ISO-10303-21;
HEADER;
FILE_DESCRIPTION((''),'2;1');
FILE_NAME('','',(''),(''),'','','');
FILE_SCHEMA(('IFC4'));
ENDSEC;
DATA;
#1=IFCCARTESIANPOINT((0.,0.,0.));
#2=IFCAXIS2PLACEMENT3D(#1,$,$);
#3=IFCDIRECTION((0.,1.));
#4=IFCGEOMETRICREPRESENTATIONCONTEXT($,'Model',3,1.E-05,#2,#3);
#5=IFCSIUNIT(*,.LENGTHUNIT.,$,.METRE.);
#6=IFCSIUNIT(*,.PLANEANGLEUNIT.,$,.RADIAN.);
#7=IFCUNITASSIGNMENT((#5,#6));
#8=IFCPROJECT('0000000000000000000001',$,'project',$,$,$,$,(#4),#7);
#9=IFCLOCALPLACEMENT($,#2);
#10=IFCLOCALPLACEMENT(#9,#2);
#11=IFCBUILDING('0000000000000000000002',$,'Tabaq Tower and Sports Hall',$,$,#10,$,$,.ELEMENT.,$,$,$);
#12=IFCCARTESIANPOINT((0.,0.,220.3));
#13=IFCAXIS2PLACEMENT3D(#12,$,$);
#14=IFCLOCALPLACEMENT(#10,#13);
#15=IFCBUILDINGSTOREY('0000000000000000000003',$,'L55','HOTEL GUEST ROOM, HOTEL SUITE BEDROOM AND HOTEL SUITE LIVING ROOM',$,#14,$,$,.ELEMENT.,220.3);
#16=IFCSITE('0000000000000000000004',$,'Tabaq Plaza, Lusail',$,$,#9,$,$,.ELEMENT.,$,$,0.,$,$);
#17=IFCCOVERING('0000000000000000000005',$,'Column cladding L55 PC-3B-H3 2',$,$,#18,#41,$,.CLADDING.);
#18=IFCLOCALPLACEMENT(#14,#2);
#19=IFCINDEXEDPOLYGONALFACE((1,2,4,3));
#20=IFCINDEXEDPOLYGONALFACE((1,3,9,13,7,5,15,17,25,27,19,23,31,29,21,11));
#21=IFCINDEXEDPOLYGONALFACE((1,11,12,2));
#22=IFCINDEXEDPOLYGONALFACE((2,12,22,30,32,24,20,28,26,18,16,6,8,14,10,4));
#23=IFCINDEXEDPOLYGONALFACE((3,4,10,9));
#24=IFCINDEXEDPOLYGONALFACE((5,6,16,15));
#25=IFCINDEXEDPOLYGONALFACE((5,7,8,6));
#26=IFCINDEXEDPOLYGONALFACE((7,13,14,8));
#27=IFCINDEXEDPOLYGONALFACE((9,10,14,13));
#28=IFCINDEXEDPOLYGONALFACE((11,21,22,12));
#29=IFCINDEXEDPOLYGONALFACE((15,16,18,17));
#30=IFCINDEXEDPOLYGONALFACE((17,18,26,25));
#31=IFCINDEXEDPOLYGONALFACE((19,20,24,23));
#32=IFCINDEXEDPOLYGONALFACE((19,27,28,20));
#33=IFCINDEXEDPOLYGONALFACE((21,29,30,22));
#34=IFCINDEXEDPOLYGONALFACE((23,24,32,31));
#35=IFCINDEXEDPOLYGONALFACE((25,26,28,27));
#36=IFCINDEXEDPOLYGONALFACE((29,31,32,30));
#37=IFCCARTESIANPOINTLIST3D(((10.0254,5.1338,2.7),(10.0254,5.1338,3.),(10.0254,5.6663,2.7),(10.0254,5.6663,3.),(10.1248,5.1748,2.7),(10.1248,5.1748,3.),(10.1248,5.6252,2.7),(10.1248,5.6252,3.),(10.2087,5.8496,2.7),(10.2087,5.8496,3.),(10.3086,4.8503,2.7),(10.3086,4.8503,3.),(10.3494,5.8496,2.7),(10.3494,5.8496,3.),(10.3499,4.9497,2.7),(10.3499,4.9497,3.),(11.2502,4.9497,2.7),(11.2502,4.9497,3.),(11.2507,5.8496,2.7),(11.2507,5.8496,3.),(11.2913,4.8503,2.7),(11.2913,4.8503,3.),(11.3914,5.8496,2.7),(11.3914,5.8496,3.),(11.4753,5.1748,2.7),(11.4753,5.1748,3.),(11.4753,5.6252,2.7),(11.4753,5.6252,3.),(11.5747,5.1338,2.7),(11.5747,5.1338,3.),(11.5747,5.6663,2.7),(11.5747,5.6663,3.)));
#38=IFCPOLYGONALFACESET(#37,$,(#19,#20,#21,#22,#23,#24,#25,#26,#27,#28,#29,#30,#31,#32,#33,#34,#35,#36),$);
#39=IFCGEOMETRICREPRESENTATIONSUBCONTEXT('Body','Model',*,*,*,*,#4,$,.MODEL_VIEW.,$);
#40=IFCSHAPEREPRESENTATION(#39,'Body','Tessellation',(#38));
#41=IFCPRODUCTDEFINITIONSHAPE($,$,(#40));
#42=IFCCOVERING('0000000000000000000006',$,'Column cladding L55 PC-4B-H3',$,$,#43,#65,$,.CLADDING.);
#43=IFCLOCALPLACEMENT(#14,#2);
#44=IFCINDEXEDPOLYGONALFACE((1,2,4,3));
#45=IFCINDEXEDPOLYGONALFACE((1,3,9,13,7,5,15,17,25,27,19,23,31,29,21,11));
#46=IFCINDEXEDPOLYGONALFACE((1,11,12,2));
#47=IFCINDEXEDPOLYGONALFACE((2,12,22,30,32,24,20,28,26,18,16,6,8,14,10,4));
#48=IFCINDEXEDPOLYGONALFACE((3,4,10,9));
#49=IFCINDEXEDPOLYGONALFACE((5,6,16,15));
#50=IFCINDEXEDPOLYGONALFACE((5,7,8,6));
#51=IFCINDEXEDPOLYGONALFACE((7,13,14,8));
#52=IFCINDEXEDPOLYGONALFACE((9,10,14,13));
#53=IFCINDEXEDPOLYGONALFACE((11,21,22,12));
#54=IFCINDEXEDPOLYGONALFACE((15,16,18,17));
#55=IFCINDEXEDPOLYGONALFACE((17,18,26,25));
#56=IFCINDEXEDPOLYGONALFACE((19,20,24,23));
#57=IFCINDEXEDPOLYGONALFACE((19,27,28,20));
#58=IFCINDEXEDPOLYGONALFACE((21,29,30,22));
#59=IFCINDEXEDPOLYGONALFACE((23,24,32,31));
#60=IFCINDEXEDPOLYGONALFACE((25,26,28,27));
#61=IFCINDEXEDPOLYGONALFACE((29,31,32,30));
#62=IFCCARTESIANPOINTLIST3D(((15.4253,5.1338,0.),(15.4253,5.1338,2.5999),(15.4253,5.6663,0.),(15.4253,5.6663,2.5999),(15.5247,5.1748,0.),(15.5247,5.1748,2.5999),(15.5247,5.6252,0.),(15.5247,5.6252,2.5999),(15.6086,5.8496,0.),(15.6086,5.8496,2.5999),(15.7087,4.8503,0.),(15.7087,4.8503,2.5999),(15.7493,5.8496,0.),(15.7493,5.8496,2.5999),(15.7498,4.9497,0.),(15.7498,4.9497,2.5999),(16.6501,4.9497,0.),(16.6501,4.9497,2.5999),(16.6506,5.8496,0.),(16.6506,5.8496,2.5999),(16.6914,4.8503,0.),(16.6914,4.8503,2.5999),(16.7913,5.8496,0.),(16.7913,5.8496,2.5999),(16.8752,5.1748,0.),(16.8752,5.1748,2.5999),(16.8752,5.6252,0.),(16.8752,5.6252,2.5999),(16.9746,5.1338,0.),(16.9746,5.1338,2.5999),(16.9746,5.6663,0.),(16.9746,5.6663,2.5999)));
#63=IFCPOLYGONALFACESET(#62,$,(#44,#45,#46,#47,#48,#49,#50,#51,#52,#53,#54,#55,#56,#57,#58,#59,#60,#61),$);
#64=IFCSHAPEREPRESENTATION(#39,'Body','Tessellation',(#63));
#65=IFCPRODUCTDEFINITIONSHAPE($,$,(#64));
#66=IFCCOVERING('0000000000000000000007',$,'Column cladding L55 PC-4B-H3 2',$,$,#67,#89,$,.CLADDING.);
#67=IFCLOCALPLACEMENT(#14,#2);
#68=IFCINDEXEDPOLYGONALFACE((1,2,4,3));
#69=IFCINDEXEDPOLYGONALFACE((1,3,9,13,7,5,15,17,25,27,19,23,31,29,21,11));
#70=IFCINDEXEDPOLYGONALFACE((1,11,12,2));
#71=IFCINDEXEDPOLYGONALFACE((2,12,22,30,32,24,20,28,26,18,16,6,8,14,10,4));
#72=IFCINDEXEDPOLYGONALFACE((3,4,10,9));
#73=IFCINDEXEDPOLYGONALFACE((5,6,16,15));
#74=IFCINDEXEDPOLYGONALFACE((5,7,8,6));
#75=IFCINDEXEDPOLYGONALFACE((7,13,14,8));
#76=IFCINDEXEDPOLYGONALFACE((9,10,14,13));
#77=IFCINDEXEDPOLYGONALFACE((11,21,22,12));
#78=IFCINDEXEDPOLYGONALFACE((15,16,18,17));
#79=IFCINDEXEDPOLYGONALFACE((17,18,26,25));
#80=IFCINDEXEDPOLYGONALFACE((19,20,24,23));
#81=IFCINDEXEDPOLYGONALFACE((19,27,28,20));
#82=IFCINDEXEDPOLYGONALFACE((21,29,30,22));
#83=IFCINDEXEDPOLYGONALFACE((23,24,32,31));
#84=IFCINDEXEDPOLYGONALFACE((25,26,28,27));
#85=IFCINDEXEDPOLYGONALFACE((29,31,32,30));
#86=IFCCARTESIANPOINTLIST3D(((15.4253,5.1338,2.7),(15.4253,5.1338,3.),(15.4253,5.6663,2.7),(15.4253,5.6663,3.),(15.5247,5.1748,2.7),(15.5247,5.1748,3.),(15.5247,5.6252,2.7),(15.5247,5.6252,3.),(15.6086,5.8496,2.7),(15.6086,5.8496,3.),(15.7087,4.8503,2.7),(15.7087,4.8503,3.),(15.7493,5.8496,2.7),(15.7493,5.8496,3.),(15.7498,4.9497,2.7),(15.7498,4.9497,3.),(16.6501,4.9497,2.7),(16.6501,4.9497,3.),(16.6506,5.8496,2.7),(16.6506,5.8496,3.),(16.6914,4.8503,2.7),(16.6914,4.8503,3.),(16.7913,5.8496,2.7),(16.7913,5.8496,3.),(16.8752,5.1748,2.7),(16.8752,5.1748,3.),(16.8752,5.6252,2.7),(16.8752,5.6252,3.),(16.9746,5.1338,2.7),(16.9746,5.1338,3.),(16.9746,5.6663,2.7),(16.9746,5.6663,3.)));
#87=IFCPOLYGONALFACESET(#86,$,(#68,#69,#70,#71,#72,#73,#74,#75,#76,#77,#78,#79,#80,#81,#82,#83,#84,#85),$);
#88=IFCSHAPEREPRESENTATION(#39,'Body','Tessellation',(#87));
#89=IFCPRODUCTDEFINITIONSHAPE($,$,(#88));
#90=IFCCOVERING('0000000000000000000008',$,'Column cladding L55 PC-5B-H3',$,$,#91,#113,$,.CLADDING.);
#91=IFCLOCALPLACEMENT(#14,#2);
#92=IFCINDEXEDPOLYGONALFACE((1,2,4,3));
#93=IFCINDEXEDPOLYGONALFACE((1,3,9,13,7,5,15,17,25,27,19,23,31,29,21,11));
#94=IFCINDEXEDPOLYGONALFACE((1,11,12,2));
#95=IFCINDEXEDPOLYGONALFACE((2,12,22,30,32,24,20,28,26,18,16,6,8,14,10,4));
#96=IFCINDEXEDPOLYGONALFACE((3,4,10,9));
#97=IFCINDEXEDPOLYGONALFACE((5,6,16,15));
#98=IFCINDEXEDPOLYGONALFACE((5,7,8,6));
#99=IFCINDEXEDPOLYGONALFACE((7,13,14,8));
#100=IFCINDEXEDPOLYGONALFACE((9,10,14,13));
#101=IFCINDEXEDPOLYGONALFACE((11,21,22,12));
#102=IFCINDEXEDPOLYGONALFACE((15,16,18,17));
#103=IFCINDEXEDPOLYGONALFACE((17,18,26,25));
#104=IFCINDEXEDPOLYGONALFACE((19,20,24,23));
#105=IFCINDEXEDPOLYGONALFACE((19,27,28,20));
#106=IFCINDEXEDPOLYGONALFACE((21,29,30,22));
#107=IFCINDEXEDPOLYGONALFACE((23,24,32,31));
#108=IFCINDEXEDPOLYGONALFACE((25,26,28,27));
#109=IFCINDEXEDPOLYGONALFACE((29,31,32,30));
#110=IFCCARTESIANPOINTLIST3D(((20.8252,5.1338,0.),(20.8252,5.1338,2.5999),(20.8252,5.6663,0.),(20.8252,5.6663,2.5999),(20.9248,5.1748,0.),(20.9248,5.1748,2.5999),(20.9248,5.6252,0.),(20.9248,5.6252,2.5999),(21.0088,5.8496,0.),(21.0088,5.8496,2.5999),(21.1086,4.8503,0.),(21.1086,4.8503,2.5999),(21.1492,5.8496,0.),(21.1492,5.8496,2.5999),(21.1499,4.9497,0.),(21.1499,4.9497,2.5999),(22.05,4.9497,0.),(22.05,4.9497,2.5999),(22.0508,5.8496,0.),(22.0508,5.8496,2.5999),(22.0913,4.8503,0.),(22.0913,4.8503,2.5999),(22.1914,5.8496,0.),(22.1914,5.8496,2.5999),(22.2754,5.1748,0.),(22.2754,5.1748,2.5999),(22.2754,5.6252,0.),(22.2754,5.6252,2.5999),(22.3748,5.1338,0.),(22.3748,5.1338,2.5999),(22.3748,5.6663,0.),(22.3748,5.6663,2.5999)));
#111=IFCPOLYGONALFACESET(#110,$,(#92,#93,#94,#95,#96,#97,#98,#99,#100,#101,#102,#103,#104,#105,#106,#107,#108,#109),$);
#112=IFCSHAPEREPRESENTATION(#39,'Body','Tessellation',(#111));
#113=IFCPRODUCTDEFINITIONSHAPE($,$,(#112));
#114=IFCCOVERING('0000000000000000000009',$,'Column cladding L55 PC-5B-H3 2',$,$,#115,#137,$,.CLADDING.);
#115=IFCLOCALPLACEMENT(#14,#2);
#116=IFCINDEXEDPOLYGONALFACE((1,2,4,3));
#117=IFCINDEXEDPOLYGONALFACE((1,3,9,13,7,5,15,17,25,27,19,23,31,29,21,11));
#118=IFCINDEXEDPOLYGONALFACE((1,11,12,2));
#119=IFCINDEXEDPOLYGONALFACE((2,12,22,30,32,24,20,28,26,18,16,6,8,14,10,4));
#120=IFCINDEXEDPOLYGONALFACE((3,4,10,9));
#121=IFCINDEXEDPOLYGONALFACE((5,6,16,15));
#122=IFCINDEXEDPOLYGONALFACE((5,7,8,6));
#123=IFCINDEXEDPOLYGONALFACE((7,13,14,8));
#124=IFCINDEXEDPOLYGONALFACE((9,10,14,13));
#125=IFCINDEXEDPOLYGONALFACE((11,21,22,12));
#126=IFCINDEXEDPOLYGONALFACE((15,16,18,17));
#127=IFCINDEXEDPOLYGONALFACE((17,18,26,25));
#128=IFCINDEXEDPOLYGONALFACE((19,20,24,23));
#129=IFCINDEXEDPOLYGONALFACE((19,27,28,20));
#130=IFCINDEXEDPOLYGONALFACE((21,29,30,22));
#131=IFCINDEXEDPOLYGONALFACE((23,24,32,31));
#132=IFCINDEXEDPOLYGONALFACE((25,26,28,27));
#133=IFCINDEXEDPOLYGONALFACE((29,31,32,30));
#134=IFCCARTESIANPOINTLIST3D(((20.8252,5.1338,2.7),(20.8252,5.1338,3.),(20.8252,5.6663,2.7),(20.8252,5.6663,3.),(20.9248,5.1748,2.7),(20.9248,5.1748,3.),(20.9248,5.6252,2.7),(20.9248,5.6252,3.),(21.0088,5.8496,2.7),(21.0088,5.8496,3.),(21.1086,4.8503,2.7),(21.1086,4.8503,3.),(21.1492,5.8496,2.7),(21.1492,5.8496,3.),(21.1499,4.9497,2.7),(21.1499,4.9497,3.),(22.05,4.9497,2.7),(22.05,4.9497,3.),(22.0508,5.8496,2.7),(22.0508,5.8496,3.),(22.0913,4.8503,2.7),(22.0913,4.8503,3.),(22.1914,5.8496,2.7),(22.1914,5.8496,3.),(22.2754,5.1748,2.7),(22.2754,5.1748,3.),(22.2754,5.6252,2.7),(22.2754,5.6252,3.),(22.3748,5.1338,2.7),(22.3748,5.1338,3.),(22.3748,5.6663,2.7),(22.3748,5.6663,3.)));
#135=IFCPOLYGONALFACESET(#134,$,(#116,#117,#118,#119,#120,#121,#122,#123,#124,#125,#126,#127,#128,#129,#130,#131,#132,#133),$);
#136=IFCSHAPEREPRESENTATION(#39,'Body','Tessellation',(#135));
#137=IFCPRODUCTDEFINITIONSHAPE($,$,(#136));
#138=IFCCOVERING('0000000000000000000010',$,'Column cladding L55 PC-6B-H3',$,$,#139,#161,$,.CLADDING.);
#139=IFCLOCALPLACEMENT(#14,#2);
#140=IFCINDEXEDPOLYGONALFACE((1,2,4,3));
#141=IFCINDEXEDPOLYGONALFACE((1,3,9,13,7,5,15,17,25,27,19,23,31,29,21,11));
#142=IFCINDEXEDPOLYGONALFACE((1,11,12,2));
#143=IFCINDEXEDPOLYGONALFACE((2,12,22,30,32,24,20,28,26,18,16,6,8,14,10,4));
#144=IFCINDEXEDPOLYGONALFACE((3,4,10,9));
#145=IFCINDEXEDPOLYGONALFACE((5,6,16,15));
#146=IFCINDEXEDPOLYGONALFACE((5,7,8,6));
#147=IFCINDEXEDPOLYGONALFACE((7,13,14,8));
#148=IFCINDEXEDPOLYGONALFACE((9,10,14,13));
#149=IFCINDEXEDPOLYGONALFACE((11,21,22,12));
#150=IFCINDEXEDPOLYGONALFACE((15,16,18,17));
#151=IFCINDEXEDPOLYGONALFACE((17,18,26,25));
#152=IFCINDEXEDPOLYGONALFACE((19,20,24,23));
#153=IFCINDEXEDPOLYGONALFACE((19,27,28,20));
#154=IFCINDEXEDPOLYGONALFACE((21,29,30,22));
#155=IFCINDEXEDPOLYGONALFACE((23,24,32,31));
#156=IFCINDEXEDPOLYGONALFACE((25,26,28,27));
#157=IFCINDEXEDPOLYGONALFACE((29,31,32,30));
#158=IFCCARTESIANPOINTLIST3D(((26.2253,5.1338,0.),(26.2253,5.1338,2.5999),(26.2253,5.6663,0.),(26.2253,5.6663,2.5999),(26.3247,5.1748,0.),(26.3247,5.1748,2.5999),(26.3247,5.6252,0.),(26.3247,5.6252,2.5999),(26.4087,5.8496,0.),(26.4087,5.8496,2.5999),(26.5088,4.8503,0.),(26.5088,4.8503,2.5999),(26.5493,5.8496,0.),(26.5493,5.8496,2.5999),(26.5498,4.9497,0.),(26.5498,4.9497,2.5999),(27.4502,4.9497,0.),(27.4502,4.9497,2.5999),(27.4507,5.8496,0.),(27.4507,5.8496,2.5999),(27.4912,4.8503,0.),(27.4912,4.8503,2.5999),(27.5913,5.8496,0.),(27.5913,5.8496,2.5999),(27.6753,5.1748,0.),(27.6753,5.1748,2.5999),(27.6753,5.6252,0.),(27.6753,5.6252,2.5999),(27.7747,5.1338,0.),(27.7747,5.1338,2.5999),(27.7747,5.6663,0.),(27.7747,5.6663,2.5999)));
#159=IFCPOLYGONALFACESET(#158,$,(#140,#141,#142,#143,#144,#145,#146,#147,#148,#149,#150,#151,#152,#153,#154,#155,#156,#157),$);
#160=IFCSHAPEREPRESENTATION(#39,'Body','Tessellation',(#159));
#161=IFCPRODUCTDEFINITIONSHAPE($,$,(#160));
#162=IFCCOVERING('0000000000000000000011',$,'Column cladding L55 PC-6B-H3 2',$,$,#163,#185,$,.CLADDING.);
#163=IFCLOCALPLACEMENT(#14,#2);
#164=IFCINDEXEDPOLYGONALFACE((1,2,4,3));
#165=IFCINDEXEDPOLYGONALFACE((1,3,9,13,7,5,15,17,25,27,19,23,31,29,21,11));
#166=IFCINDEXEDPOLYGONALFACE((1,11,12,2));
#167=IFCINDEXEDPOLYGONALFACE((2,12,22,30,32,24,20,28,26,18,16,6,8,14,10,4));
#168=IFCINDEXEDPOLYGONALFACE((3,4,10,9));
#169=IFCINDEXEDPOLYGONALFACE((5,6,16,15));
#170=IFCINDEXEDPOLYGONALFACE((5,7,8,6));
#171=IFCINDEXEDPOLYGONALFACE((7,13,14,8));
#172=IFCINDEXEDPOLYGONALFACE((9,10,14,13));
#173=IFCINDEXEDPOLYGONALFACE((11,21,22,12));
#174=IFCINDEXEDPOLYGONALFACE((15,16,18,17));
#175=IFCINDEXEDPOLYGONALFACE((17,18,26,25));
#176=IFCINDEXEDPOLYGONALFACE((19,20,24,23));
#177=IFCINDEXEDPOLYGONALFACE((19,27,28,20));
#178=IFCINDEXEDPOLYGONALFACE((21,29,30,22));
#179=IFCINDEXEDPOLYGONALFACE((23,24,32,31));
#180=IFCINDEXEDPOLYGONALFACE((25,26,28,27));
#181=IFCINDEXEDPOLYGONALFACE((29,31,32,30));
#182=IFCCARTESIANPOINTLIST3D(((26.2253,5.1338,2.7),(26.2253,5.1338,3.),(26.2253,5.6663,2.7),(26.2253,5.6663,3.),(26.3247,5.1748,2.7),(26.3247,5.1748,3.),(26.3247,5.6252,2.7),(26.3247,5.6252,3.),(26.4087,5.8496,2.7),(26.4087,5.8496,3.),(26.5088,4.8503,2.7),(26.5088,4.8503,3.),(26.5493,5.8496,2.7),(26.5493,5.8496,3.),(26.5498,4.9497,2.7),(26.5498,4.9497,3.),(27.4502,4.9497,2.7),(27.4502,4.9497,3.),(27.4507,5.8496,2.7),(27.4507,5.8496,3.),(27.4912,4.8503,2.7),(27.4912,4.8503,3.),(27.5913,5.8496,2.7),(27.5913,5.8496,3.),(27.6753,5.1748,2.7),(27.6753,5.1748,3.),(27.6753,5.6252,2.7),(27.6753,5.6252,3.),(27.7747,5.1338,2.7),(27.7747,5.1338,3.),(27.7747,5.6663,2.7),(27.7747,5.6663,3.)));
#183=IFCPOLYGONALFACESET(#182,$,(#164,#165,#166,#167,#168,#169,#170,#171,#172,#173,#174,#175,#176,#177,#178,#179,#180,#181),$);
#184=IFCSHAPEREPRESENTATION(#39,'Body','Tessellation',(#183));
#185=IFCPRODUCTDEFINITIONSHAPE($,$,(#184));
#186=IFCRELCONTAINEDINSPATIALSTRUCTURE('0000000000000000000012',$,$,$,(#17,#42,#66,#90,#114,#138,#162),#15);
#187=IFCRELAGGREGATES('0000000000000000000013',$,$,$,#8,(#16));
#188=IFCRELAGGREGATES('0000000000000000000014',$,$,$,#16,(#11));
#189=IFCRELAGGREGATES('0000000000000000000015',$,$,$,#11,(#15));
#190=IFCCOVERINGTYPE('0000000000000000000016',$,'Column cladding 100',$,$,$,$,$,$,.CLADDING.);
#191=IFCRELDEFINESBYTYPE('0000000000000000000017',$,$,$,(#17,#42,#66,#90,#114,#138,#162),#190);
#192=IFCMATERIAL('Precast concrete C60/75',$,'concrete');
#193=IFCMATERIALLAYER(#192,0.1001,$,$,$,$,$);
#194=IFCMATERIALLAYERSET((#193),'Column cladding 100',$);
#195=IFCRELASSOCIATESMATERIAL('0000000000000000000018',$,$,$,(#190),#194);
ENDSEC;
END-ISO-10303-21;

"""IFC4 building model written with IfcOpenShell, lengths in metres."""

from ifc_helpers import new_model, si_unit, direction, frame, origin, place, context, subcontext, project, spatial, polyline, outline, extrude, material, layer, layer_set, type_object, element, save


model = new_model("IFC4")

# Units and contexts
model_context = context("Model", 3, precision=1e-05, world=origin(), true_north=direction((0.0, 1.0)))
body_context = subcontext(model_context, "Body", "Model", "MODEL_VIEW")
ifc_project = project(units=[si_unit("LENGTHUNIT", "METRE"), si_unit("PLANEANGLEUNIT", "RADIAN")], contexts=[model_context])

# Site, building, storey
site_placement = place(None, origin())
site = spatial("IfcSite", under=ifc_project, at=site_placement, Name="Tabaq Plaza, Lusail", CompositionType="ELEMENT", RefElevation=0.0)
building_placement = place(site_placement, origin())
building = spatial("IfcBuilding", under=site, at=building_placement, Name="Tabaq Tower and Sports Hall", CompositionType="ELEMENT")
storey_placement = place(building_placement, frame((0.0, 0.0, 220.3)))
storey = spatial("IfcBuildingStorey", under=building, at=storey_placement, Name="L55", Description="HOTEL GUEST ROOM, HOTEL SUITE BEDROOM AND HOTEL SUITE LIVING ROOM", CompositionType="ELEMENT", Elevation=220.3)

# Coverings
ifc_material_1 = material(Name="Precast concrete C60/75", Category="concrete")
ifc_layer_1 = layer(ifc_material_1, 0.1001)
ifc_layer_set_1 = layer_set([ifc_layer_1], Name="Column cladding 100")
covering_type_1 = type_object("IfcCoveringType", Name="Column cladding 100", PredefinedType="CLADDING", material=ifc_layer_set_1)
covering_1_placement = place(storey_placement, frame((0.0, 0.0, 2.7)))
element("IfcCovering", 1, at=covering_1_placement, inside=storey, type_object=covering_type_1, Name="Column cladding L55 PC-3B-H3 2", PredefinedType="CLADDING", context=body_context, shape_type="SweptSolid", body=[
    extrude(outline(polyline([(10.0254, 5.6663), (10.2087, 5.8496), (10.3494, 5.8496), (10.1248, 5.6252), (10.1248, 5.1748), (10.3499, 4.9497), (11.2502, 4.9497), (11.4753, 5.1748), (11.4753, 5.6252), (11.2507, 5.8496), (11.3914, 5.8496), (11.5747, 5.6663), (11.5747, 5.1338), (11.2913, 4.8503), (10.3086, 4.8503), (10.0254, 5.1338), (10.0254, 5.6663)])), origin(), (0.0, 0.0, 1.0), 0.3),
])
covering_2_placement = place(storey_placement, origin())
element("IfcCovering", 2, at=covering_2_placement, inside=storey, type_object=covering_type_1, Name="Column cladding L55 PC-4B-H3", PredefinedType="CLADDING", context=body_context, shape_type="SweptSolid", body=[
    extrude(outline(polyline([(15.4253, 5.6663), (15.6086, 5.8496), (15.7493, 5.8496), (15.5247, 5.6252), (15.5247, 5.1748), (15.7498, 4.9497), (16.6501, 4.9497), (16.8752, 5.1748), (16.8752, 5.6252), (16.6506, 5.8496), (16.7913, 5.8496), (16.9746, 5.6663), (16.9746, 5.1338), (16.6914, 4.8503), (15.7087, 4.8503), (15.4253, 5.1338), (15.4253, 5.6663)])), origin(), (0.0, 0.0, 1.0), 2.5999),
])
covering_3_placement = place(storey_placement, frame((0.0, 0.0, 2.7)))
element("IfcCovering", 3, at=covering_3_placement, inside=storey, type_object=covering_type_1, Name="Column cladding L55 PC-4B-H3 2", PredefinedType="CLADDING", context=body_context, shape_type="SweptSolid", body=[
    extrude(outline(polyline([(15.4253, 5.6663), (15.6086, 5.8496), (15.7493, 5.8496), (15.5247, 5.6252), (15.5247, 5.1748), (15.7498, 4.9497), (16.6501, 4.9497), (16.8752, 5.1748), (16.8752, 5.6252), (16.6506, 5.8496), (16.7913, 5.8496), (16.9746, 5.6663), (16.9746, 5.1338), (16.6914, 4.8503), (15.7087, 4.8503), (15.4253, 5.1338), (15.4253, 5.6663)])), origin(), (0.0, 0.0, 1.0), 0.3),
])
covering_4_placement = place(storey_placement, origin())
element("IfcCovering", 4, at=covering_4_placement, inside=storey, type_object=covering_type_1, Name="Column cladding L55 PC-5B-H3", PredefinedType="CLADDING", context=body_context, shape_type="SweptSolid", body=[
    extrude(outline(polyline([(20.8252, 5.6663), (21.0088, 5.8496), (21.1492, 5.8496), (20.9248, 5.6252), (20.9248, 5.1748), (21.1499, 4.9497), (22.05, 4.9497), (22.2754, 5.1748), (22.2754, 5.6252), (22.0508, 5.8496), (22.1914, 5.8496), (22.3748, 5.6663), (22.3748, 5.1338), (22.0913, 4.8503), (21.1086, 4.8503), (20.8252, 5.1338), (20.8252, 5.6663)])), origin(), (0.0, 0.0, 1.0), 2.5999),
])
covering_5_placement = place(storey_placement, frame((0.0, 0.0, 2.7)))
element("IfcCovering", 5, at=covering_5_placement, inside=storey, type_object=covering_type_1, Name="Column cladding L55 PC-5B-H3 2", PredefinedType="CLADDING", context=body_context, shape_type="SweptSolid", body=[
    extrude(outline(polyline([(20.8252, 5.6663), (21.0088, 5.8496), (21.1492, 5.8496), (20.9248, 5.6252), (20.9248, 5.1748), (21.1499, 4.9497), (22.05, 4.9497), (22.2754, 5.1748), (22.2754, 5.6252), (22.0508, 5.8496), (22.1914, 5.8496), (22.3748, 5.6663), (22.3748, 5.1338), (22.0913, 4.8503), (21.1086, 4.8503), (20.8252, 5.1338), (20.8252, 5.6663)])), origin(), (0.0, 0.0, 1.0), 0.3),
])
covering_6_placement = place(storey_placement, origin())
element("IfcCovering", 6, at=covering_6_placement, inside=storey, type_object=covering_type_1, Name="Column cladding L55 PC-6B-H3", PredefinedType="CLADDING", context=body_context, shape_type="SweptSolid", body=[
    extrude(outline(polyline([(26.2253, 5.6663), (26.4087, 5.8496), (26.5493, 5.8496), (26.3247, 5.6252), (26.3247, 5.1748), (26.5498, 4.9497), (27.4502, 4.9497), (27.6753, 5.1748), (27.6753, 5.6252), (27.4507, 5.8496), (27.5913, 5.8496), (27.7747, 5.6663), (27.7747, 5.1338), (27.4912, 4.8503), (26.5088, 4.8503), (26.2253, 5.1338), (26.2253, 5.6663)])), origin(), (0.0, 0.0, 1.0), 2.5999),
])
covering_7_placement = place(storey_placement, frame((0.0, 0.0, 2.7)))
element("IfcCovering", 7, at=covering_7_placement, inside=storey, type_object=covering_type_1, Name="Column cladding L55 PC-6B-H3 2", PredefinedType="CLADDING", context=body_context, shape_type="SweptSolid", body=[
    extrude(outline(polyline([(26.2253, 5.6663), (26.4087, 5.8496), (26.5493, 5.8496), (26.3247, 5.6252), (26.3247, 5.1748), (26.5498, 4.9497), (27.4502, 4.9497), (27.6753, 5.1748), (27.6753, 5.6252), (27.4507, 5.8496), (27.5913, 5.8496), (27.7747, 5.6663), (27.7747, 5.1338), (27.4912, 4.8503), (26.5088, 4.8503), (26.2253, 5.1338), (26.2253, 5.6663)])), origin(), (0.0, 0.0, 1.0), 0.3),
])

save(model, "model.ifc")
